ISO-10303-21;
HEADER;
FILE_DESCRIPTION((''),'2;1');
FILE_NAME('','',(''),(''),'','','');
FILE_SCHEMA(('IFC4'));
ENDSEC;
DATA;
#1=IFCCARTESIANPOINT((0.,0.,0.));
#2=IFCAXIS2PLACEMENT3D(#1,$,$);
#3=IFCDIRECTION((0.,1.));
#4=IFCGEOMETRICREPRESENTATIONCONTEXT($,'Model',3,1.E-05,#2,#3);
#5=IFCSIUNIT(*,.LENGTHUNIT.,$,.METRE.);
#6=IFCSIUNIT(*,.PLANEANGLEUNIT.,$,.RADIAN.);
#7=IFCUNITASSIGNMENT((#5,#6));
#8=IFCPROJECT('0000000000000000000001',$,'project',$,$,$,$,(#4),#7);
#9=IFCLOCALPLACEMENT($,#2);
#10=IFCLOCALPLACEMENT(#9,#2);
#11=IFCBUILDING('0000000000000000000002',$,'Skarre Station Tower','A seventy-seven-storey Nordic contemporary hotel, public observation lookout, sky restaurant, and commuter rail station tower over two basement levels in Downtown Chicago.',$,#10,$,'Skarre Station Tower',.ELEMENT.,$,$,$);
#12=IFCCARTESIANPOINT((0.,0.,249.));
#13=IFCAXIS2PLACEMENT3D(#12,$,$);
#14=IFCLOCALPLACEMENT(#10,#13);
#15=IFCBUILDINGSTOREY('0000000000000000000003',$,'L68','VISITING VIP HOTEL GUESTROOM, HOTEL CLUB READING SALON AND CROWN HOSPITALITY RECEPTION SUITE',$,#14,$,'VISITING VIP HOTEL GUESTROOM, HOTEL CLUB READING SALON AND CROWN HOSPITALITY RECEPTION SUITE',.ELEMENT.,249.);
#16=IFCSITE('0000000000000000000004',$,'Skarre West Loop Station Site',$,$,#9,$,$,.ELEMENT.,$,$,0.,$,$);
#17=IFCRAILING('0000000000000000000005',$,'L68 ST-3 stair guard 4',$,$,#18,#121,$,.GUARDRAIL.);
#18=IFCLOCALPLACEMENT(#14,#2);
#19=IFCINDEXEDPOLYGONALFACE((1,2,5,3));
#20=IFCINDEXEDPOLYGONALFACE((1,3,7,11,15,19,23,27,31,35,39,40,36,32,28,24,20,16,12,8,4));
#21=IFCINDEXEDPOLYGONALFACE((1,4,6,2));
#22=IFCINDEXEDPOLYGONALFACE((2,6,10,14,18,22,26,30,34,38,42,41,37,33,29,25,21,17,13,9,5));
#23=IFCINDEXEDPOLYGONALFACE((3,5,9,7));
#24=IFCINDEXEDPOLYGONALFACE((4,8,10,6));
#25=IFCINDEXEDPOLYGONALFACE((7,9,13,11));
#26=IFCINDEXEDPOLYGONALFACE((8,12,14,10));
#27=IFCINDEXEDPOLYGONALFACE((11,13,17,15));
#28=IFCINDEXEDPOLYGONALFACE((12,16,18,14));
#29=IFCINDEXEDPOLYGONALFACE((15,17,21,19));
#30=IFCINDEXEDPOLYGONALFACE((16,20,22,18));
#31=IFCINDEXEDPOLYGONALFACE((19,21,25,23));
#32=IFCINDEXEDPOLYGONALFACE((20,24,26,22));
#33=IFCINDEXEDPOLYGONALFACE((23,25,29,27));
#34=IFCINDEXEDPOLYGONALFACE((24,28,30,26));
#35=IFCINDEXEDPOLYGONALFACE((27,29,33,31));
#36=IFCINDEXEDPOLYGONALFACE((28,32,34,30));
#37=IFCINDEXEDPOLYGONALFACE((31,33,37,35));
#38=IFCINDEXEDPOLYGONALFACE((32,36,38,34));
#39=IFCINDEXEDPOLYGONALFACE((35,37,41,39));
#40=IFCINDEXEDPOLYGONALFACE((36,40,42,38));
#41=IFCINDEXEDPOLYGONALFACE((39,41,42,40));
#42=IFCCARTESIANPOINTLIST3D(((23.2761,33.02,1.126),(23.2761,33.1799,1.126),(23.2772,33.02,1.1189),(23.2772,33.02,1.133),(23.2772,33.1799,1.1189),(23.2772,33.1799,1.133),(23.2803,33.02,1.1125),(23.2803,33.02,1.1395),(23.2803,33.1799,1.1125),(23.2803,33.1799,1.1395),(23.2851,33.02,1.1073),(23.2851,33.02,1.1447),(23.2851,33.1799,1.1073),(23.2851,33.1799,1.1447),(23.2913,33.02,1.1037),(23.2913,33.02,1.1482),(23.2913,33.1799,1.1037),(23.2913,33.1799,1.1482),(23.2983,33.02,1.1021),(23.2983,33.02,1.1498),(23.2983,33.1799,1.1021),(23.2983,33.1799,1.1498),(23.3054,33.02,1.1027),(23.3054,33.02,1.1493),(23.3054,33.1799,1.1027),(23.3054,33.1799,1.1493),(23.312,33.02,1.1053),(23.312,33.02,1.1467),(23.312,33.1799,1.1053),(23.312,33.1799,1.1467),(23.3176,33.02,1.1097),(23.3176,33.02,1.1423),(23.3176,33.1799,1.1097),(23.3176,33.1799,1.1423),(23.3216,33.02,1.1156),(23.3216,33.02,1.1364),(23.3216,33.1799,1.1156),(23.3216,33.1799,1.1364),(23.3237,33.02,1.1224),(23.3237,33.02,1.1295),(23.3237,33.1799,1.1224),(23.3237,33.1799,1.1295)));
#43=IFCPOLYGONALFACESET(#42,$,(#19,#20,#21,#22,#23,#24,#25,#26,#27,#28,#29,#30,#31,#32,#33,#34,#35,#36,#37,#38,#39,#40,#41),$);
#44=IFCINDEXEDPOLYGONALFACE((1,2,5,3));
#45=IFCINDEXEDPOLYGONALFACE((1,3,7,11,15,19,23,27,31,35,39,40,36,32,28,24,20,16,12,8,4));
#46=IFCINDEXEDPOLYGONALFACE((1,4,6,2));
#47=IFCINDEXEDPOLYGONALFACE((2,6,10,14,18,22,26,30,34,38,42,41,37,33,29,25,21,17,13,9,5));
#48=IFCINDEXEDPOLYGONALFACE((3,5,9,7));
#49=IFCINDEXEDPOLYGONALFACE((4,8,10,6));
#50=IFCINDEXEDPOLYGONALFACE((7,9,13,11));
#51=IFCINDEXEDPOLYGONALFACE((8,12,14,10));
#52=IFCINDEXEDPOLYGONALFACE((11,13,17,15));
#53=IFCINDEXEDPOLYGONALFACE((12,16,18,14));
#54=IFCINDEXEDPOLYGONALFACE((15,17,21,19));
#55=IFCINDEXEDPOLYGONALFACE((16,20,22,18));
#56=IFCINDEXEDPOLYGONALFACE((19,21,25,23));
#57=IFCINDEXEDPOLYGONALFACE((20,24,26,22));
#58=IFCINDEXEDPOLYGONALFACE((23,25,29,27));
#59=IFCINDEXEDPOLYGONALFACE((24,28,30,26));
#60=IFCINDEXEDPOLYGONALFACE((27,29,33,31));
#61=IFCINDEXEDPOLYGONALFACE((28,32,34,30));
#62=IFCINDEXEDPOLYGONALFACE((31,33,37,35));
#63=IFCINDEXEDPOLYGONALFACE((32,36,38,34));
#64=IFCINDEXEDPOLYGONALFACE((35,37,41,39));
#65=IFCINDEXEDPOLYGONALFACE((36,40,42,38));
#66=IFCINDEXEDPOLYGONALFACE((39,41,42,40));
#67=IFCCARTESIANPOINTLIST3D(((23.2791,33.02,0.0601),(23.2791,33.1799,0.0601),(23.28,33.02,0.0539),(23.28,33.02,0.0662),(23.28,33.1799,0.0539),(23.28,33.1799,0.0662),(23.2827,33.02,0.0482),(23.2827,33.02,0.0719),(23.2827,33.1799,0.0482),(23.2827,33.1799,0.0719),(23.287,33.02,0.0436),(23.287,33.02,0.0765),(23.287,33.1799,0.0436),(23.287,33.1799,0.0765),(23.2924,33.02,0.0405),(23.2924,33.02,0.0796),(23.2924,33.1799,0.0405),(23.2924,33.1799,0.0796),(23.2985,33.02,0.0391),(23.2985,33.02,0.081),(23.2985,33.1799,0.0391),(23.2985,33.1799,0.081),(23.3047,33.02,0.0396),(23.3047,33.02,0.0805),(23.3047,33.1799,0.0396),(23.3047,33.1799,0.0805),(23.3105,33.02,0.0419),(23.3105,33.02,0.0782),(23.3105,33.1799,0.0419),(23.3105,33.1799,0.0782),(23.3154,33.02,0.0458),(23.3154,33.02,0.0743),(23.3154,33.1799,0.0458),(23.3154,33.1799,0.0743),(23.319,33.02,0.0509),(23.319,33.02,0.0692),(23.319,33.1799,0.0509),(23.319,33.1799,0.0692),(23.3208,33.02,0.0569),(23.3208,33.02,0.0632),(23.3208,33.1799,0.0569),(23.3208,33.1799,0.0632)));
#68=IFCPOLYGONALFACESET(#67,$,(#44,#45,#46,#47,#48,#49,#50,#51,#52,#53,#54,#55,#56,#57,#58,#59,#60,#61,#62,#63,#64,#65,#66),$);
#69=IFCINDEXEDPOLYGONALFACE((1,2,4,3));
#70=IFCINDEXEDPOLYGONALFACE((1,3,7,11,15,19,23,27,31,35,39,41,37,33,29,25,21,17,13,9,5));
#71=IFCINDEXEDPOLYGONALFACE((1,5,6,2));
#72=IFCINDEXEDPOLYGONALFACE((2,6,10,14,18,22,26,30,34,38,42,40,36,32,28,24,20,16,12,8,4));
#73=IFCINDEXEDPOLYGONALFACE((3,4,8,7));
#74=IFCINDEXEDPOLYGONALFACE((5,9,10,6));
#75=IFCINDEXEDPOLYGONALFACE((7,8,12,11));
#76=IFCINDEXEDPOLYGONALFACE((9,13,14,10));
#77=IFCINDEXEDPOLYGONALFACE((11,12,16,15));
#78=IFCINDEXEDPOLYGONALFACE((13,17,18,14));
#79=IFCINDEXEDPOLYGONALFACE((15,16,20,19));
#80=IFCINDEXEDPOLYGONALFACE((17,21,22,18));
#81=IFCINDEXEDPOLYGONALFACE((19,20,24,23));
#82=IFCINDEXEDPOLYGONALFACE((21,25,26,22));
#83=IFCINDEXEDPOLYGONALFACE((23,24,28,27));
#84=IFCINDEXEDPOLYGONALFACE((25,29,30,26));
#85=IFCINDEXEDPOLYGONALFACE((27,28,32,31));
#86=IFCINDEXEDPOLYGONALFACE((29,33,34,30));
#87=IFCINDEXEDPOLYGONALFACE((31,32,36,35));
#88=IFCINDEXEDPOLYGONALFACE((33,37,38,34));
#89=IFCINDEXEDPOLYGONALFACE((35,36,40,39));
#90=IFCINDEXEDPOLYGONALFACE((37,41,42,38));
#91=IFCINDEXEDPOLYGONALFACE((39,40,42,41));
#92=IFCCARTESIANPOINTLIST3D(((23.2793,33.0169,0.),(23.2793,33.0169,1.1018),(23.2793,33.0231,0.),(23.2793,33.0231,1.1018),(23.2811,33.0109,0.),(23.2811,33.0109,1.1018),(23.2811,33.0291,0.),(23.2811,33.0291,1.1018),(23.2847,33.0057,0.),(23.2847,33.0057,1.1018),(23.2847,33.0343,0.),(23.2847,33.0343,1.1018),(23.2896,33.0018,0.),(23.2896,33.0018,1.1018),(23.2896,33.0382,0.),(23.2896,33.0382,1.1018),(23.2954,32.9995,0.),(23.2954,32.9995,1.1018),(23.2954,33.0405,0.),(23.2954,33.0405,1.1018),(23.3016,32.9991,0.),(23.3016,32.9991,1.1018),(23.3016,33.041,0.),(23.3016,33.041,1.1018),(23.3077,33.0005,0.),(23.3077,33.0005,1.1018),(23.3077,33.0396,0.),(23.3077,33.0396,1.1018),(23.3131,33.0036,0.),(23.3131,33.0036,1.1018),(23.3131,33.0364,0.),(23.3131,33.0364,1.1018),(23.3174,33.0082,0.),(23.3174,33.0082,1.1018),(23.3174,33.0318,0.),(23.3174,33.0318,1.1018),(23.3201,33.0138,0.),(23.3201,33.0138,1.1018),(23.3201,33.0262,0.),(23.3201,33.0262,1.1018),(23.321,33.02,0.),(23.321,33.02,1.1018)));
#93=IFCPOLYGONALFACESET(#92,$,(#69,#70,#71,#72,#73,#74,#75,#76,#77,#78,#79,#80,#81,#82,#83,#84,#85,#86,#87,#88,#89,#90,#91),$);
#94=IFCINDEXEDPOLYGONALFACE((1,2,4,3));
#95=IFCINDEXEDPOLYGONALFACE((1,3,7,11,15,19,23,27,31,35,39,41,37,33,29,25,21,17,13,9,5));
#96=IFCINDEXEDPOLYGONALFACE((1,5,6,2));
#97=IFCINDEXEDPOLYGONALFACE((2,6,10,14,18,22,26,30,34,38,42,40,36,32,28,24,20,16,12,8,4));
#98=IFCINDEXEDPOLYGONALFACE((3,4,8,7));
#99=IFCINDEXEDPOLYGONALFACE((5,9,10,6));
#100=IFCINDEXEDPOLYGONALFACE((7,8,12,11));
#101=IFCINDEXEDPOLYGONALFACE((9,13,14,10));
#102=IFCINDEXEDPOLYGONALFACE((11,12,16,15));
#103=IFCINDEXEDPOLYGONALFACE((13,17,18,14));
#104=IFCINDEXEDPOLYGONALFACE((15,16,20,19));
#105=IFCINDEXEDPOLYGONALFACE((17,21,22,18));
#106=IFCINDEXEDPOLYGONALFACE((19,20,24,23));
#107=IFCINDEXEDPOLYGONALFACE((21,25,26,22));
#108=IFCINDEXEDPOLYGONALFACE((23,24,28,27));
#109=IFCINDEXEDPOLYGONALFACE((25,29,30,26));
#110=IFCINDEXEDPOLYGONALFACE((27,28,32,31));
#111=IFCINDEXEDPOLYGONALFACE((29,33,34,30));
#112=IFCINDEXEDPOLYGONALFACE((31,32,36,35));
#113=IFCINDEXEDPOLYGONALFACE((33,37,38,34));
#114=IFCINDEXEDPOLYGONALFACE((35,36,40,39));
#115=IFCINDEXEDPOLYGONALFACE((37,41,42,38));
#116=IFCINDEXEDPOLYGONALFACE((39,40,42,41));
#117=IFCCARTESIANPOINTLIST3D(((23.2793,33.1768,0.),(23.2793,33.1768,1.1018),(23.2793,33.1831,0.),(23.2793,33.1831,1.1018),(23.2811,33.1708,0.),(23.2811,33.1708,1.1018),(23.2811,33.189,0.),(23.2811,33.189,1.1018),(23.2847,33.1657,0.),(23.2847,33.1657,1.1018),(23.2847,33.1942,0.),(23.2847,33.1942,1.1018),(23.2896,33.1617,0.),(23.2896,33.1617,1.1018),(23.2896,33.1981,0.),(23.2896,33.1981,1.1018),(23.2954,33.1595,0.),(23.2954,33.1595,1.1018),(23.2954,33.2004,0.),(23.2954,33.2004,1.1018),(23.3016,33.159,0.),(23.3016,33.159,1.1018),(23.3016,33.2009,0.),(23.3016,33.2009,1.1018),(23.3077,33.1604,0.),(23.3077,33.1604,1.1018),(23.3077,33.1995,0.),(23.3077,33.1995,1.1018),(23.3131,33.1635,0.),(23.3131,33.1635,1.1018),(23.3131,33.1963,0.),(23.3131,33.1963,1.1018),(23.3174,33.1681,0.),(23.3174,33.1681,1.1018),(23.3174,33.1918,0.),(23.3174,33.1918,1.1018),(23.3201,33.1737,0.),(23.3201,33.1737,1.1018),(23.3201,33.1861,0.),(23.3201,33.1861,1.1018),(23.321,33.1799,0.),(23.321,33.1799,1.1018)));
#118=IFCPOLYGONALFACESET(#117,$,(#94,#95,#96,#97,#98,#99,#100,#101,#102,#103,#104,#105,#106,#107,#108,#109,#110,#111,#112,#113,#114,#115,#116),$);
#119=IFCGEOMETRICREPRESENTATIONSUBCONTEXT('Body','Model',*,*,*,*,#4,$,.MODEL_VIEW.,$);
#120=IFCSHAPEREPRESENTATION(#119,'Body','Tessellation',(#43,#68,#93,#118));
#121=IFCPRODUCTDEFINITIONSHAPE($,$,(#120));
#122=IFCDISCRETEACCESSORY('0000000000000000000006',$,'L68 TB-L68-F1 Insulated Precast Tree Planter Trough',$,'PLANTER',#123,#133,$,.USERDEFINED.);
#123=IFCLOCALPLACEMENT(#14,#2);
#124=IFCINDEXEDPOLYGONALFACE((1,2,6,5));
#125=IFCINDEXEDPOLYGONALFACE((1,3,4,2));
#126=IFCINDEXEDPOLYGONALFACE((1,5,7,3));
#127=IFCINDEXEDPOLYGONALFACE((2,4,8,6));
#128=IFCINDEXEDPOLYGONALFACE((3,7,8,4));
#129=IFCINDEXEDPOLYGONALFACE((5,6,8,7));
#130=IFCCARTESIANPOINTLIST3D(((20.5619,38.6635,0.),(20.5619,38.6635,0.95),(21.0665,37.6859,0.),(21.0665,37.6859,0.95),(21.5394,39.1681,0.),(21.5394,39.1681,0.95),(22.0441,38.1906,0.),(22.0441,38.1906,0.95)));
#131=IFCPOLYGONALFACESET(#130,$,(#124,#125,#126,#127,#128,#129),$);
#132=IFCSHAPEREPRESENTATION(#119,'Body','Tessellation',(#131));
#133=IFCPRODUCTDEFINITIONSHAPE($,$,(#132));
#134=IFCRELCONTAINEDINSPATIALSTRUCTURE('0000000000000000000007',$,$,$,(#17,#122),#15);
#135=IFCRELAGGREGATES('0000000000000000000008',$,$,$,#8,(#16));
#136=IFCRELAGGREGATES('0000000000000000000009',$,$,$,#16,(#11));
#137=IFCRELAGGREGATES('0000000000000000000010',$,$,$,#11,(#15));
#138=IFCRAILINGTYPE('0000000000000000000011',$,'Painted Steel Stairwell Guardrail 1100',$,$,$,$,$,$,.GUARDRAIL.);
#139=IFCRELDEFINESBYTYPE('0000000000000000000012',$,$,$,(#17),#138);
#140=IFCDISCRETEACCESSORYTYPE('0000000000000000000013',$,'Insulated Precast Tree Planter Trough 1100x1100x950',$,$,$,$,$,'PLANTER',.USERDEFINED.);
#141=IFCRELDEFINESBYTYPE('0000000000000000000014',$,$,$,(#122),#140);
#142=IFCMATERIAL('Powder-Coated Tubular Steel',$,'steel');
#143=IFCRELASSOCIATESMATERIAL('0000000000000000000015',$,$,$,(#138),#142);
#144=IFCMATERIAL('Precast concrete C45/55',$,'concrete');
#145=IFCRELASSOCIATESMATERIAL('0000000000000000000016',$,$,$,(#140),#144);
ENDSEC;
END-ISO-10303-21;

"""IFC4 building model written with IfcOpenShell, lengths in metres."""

from ifc_helpers import new_model, si_unit, direction, frame, origin, origin_2d, place, context, subcontext, project, spatial, rectangle, circle, extrude, material, type_object, element, save


model = new_model("IFC4")

# Units and contexts
model_context = context("Model", 3, precision=1e-05, world=origin(), true_north=direction((0.0, 1.0)))
body_context = subcontext(model_context, "Body", "Model", "MODEL_VIEW")
ifc_project = project(units=[si_unit("LENGTHUNIT", "METRE"), si_unit("PLANEANGLEUNIT", "RADIAN")], contexts=[model_context])

# Site, building, storey
site_placement = place(None, origin())
site = spatial("IfcSite", under=ifc_project, at=site_placement, Name="Skarre West Loop Station Site", CompositionType="ELEMENT", RefElevation=0.0)
building_placement = place(site_placement, origin())
building = spatial("IfcBuilding", under=site, at=building_placement, Name="Skarre Station Tower", Description="A seventy-seven-storey Nordic contemporary hotel, public observation lookout, sky restaurant, and commuter rail station tower over two basement levels in Downtown Chicago.", LongName="Skarre Station Tower", CompositionType="ELEMENT")
storey_placement = place(building_placement, frame((0.0, 0.0, 249.0)))
storey = spatial("IfcBuildingStorey", under=building, at=storey_placement, Name="L68", Description="VISITING VIP HOTEL GUESTROOM, HOTEL CLUB READING SALON AND CROWN HOSPITALITY RECEPTION SUITE", LongName="VISITING VIP HOTEL GUESTROOM, HOTEL CLUB READING SALON AND CROWN HOSPITALITY RECEPTION SUITE", CompositionType="ELEMENT", Elevation=249.0)

# Shared definitions
ifc_material_1 = material(Name="Precast concrete C45/55", Category="concrete")

# Railing
ifc_material_2 = material(Name="Powder-Coated Tubular Steel", Category="steel")
railing_type_1 = type_object("IfcRailingType", Name="Painted Steel Stairwell Guardrail 1100", PredefinedType="GUARDRAIL", material=ifc_material_2)
railing_1_placement = place(storey_placement, frame((23.3, 33.02, 0.0)))
element("IfcRailing", 1, at=railing_1_placement, inside=storey, type_object=railing_type_1, Name="L68 ST-3 stair guard 4", PredefinedType="GUARDRAIL", context=body_context, shape_type="SweptSolid", body=[
    extrude(circle(Radius=0.0239, at=origin_2d()), frame((0.0, 0.0, 1.126), z_axis=(0.0, 1.0, 0.0), x_axis=(-1.0, 0.0, 0.0)), (0.0, 0.0, 1.0), 0.1599),
    extrude(circle(Radius=0.021, at=origin_2d()), frame((0.0, 0.0, 0.0601), z_axis=(0.0, 1.0, 0.0), x_axis=(-1.0, 0.0, 0.0)), (0.0, 0.0, 1.0), 0.1599),
    extrude(circle(Radius=0.021, at=origin_2d()), origin(), (0.0, 0.0, 1.0), 1.1018),
    extrude(circle(Radius=0.021, at=origin_2d()), frame((0.0, 0.1599, 0.0)), (0.0, 0.0, 1.0), 1.1018),
])

# Discrete accessory
discrete_accessory_type = type_object("IfcDiscreteAccessoryType", Name="Insulated Precast Tree Planter Trough 1100x1100x950", ElementType="PLANTER", PredefinedType="USERDEFINED", material=ifc_material_1)
discrete_accessory_placement = place(storey_placement, frame((21.303, 38.427, 0.0), z_axis=(0.0, 0.0, 1.0), x_axis=(-0.458712, 0.888585, 0.0)))
element("IfcDiscreteAccessory", 2, at=discrete_accessory_placement, inside=storey, type_object=discrete_accessory_type, Name="L68 TB-L68-F1 Insulated Precast Tree Planter Trough", ObjectType="PLANTER", PredefinedType="USERDEFINED", context=body_context, shape_type="SweptSolid", body=[
    extrude(rectangle(XDim=1.1001, YDim=1.1001, at=origin_2d()), origin(), (0.0, 0.0, 1.0), 0.95),
])

save(model, "model.ifc")
